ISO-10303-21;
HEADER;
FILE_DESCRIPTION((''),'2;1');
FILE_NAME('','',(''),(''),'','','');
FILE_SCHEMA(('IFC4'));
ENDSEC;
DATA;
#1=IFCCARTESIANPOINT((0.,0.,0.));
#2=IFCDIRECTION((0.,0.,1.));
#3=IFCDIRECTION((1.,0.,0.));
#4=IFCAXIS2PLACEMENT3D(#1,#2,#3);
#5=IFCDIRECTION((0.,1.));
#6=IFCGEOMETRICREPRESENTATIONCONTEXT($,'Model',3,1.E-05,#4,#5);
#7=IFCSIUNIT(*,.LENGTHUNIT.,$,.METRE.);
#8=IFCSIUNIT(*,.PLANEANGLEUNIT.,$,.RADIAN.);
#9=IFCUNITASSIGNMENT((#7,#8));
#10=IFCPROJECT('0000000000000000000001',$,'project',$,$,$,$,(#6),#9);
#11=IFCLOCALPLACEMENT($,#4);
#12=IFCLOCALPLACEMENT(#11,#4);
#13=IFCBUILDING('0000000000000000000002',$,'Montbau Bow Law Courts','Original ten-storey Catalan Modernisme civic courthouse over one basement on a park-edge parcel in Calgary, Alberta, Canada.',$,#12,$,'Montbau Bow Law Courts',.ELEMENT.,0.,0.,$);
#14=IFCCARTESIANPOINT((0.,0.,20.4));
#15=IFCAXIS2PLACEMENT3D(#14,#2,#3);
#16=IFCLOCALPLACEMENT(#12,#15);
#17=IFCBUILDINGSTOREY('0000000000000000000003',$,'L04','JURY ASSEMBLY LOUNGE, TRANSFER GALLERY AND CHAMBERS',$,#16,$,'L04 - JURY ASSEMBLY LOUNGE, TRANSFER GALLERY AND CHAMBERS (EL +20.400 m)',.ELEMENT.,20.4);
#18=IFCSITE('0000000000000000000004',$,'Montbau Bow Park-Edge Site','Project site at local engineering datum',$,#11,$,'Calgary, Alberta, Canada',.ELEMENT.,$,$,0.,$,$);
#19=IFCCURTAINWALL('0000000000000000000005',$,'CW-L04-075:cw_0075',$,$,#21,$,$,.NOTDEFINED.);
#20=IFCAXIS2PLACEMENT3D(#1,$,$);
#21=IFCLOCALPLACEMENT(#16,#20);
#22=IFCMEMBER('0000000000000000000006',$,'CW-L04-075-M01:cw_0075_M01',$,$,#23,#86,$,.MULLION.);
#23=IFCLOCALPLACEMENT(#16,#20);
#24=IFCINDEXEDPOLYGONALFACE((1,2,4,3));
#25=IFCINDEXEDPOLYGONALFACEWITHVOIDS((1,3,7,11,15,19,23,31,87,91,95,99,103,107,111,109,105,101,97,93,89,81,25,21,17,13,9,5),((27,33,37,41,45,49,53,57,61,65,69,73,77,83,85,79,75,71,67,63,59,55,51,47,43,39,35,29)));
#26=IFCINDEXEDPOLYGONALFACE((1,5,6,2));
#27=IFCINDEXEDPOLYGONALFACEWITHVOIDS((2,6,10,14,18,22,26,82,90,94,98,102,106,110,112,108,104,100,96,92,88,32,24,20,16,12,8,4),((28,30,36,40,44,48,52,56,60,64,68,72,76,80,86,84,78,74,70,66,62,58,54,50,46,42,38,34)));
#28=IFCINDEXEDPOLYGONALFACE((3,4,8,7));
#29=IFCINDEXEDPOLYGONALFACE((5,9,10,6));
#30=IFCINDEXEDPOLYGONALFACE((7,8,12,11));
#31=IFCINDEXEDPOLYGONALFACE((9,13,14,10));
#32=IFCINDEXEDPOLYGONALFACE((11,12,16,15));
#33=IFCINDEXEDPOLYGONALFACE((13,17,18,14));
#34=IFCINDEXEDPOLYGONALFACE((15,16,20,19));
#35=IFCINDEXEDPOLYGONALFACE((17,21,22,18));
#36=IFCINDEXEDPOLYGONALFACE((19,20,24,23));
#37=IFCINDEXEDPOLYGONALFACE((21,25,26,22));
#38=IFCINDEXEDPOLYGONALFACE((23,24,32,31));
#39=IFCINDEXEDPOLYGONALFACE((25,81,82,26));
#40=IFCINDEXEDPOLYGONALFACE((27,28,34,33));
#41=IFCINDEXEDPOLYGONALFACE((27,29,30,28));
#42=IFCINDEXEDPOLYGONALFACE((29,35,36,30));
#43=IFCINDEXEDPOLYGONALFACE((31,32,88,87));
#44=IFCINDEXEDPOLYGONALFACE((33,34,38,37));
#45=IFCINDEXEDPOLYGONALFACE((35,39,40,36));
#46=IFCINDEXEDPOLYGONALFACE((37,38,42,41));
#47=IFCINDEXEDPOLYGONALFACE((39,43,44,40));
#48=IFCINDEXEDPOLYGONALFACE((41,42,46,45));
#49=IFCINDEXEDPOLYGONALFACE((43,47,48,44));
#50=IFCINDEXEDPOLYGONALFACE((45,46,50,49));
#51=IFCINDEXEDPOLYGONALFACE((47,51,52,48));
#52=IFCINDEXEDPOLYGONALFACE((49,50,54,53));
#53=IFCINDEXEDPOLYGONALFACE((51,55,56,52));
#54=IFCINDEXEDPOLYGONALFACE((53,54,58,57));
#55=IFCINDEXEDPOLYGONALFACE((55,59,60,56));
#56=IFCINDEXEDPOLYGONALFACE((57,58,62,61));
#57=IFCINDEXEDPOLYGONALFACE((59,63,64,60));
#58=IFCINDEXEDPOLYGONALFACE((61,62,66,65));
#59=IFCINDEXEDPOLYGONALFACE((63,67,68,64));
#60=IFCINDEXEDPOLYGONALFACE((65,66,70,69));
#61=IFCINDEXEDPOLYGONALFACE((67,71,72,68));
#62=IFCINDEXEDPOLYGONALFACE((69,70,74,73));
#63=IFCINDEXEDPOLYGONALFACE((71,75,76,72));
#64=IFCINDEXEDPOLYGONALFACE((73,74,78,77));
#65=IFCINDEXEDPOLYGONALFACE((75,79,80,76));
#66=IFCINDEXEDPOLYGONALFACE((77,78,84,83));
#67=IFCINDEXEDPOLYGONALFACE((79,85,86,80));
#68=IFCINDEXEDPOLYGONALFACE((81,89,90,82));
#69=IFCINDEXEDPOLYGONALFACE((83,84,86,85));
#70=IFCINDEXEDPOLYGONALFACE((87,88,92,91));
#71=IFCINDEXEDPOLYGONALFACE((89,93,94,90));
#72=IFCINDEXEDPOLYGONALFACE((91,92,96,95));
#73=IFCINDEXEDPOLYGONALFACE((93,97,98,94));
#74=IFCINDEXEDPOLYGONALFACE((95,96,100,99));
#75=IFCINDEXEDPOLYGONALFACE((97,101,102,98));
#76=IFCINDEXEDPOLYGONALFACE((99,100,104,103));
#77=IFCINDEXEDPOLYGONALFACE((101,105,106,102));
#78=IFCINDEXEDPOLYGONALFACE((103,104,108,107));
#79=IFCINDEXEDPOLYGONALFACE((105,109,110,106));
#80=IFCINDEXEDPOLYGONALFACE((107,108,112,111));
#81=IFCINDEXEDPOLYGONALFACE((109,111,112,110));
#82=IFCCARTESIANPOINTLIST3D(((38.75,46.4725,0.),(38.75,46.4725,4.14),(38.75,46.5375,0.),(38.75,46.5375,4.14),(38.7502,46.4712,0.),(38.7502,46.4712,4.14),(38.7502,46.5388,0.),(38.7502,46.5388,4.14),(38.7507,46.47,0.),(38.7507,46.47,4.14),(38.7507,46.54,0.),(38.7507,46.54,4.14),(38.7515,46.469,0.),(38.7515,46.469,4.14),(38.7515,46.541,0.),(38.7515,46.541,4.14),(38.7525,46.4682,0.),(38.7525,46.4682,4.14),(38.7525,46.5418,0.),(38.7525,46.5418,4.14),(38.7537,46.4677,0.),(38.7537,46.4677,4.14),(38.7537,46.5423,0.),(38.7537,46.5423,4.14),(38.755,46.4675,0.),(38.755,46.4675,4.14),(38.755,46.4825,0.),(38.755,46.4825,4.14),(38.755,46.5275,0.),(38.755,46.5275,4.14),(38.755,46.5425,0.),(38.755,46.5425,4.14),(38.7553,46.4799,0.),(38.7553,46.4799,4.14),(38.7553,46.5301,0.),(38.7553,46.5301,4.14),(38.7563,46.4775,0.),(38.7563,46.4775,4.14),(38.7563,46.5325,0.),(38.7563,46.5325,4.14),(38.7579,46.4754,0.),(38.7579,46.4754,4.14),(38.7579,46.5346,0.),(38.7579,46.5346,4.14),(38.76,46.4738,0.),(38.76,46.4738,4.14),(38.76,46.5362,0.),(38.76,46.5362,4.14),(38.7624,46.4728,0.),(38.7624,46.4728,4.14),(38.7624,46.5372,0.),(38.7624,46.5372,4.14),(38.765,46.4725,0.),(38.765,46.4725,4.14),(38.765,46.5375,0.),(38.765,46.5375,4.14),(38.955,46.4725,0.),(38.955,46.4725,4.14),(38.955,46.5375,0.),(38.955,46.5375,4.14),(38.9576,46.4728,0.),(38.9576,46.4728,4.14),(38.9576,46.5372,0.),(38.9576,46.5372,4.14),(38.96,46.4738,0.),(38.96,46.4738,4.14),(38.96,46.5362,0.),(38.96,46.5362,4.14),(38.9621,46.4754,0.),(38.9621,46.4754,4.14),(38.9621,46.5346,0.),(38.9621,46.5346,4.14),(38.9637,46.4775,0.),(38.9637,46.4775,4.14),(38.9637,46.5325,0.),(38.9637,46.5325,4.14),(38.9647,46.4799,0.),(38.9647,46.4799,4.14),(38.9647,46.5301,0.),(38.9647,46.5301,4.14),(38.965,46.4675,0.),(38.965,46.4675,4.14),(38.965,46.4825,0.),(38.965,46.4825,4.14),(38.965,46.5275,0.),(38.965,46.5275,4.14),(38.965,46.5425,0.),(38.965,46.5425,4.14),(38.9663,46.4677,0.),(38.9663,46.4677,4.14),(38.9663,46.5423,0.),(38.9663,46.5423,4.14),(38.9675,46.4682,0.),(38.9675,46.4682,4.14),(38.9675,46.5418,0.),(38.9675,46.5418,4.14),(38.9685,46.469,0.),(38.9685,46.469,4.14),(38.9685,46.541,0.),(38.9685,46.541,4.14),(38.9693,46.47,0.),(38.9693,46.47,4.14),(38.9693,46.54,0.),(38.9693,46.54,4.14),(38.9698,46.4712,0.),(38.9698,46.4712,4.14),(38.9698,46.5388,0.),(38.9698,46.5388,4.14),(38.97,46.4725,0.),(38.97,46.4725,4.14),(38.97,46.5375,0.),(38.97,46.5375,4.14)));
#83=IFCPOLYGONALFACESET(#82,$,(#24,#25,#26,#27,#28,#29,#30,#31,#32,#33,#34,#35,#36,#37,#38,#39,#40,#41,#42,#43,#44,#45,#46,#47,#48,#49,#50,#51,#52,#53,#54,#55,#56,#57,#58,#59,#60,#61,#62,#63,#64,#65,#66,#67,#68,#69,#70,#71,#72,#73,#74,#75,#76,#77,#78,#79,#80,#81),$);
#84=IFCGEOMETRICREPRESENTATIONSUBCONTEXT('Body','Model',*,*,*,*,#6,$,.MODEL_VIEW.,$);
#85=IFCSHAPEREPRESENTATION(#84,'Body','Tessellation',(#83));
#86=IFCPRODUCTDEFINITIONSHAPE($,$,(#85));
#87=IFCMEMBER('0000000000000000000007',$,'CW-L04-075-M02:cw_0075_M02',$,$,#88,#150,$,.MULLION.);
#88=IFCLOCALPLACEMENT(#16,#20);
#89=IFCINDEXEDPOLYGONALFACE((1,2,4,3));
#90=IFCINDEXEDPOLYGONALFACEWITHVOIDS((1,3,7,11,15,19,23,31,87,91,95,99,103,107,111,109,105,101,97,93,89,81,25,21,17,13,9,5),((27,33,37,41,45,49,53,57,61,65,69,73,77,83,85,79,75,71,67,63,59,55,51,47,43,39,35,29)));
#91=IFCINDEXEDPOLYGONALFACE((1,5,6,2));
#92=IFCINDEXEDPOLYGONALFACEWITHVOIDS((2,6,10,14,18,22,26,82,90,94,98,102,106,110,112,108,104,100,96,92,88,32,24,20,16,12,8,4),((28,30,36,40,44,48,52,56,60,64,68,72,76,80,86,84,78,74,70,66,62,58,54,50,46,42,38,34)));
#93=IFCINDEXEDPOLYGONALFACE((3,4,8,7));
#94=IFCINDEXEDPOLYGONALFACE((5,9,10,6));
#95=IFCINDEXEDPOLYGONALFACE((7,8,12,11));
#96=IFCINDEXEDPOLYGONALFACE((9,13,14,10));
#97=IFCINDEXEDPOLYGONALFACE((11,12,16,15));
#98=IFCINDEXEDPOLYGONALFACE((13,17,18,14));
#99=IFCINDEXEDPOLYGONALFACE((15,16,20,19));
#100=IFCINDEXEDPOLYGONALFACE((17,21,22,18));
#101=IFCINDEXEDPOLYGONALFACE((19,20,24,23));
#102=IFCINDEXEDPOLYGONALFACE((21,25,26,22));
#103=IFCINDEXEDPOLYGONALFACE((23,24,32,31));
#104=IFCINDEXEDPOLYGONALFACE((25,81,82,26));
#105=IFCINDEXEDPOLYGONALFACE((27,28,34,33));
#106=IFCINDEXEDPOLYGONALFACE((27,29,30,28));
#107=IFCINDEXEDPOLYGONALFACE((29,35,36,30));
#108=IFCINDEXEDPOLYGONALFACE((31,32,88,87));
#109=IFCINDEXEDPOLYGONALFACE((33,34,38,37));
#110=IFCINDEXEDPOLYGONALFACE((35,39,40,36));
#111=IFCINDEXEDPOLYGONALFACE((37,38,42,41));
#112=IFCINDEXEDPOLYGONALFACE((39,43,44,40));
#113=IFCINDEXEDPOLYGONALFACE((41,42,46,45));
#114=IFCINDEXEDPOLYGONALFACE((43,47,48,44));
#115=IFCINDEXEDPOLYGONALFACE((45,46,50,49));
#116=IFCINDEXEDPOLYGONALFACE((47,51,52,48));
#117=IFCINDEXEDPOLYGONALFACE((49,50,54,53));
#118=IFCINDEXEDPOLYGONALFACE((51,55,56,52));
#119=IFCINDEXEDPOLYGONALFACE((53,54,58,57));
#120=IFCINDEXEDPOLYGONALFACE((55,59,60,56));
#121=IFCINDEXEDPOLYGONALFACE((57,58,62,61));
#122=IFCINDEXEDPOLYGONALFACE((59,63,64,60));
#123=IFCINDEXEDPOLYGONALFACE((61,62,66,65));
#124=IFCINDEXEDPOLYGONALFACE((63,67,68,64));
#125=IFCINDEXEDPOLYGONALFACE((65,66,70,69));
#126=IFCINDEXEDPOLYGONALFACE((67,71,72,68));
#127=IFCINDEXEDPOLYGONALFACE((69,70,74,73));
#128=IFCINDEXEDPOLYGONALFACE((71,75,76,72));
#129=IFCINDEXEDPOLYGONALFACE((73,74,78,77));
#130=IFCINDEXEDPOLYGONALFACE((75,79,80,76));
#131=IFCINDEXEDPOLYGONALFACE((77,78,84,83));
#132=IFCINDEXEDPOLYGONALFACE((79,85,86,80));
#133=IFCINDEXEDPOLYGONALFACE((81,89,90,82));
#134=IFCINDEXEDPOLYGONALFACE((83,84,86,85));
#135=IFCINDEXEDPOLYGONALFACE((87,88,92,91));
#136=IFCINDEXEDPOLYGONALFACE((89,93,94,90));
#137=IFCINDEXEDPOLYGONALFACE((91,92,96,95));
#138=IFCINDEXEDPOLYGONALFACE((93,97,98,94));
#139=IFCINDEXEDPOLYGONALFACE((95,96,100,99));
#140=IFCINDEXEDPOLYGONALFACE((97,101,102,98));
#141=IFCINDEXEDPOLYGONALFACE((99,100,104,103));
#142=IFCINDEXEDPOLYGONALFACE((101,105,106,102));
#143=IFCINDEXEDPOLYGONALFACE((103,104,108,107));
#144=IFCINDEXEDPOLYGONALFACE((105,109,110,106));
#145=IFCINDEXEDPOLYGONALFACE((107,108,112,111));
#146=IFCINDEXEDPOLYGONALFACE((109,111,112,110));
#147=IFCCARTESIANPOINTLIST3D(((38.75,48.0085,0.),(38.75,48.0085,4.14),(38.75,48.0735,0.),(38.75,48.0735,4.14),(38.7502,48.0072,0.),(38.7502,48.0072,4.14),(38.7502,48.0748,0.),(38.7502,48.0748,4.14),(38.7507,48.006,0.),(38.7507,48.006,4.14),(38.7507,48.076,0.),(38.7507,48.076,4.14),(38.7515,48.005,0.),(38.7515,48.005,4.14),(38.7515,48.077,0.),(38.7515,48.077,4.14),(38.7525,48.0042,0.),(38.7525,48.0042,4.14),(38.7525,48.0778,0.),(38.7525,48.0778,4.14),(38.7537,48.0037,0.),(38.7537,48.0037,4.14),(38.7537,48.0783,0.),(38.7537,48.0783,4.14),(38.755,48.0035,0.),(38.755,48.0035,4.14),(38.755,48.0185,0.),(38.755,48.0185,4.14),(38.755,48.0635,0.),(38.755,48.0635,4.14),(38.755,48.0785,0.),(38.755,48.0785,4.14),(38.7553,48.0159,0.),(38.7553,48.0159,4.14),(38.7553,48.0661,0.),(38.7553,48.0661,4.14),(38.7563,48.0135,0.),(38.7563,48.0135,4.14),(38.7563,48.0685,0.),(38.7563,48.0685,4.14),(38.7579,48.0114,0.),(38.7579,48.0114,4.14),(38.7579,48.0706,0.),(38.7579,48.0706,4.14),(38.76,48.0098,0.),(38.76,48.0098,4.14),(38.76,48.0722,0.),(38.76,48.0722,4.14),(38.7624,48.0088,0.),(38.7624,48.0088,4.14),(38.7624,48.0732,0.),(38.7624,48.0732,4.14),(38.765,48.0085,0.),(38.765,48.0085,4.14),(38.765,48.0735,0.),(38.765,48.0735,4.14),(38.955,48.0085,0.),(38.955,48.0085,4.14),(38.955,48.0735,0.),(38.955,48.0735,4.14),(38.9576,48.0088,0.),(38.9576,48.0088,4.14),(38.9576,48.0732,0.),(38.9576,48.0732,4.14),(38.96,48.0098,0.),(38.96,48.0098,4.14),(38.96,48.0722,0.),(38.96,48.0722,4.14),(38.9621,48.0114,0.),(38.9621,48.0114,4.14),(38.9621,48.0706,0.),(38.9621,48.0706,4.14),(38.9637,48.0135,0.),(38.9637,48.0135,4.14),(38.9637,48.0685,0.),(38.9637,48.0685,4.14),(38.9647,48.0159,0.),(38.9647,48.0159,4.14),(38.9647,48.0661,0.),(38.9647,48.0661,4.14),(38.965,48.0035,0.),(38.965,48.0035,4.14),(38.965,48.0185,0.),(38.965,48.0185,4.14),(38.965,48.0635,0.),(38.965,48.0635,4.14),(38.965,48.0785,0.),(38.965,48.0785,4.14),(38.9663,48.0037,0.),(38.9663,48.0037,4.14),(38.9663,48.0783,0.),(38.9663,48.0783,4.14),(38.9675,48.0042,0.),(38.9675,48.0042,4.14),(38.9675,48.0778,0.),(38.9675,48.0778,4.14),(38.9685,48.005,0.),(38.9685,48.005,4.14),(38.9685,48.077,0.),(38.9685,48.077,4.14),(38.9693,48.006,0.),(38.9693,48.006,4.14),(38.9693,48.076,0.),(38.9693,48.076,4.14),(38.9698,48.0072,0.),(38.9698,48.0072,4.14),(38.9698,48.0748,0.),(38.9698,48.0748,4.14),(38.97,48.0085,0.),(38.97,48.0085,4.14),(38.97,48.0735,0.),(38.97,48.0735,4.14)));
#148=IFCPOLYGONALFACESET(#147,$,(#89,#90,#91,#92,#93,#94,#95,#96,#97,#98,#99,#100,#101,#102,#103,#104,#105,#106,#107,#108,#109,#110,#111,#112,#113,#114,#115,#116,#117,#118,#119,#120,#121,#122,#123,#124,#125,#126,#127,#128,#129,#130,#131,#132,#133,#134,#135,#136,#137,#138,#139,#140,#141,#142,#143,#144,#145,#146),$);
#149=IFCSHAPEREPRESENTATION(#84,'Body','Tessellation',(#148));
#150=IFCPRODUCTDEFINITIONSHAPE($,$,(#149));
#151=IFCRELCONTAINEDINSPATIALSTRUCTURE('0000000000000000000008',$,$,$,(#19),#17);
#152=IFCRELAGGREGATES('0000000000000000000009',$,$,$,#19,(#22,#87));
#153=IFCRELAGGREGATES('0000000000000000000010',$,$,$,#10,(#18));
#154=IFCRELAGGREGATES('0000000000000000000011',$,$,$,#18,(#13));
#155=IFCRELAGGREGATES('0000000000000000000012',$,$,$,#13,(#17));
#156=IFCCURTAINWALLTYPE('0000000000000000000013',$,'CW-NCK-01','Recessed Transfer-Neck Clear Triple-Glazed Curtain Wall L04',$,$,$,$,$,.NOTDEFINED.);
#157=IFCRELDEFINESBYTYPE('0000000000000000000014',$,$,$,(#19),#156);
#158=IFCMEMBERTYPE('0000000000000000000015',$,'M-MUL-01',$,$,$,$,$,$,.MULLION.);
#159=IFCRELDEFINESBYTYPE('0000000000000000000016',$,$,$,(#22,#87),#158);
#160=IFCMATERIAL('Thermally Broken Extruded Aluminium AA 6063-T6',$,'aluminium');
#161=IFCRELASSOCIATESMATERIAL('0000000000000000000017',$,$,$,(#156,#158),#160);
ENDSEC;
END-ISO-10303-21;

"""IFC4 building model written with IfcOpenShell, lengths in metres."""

from ifc_helpers import new_model, si_unit, direction, frame, origin_with_axes, origin_2d_with_axis, place, context, subcontext, project, spatial, hollow_rectangle, extrude, material, material_profile, profile_set, type_object, element, aggregate, save


model = new_model("IFC4")

# Units and contexts
model_context = context("Model", 3, precision=1e-05, world=origin_with_axes(), true_north=direction((0.0, 1.0)))
body_context = subcontext(model_context, "Body", "Model", "MODEL_VIEW")
ifc_project = project(units=[si_unit("LENGTHUNIT", "METRE"), si_unit("PLANEANGLEUNIT", "RADIAN")], contexts=[model_context])

# Site, building, storey
site_placement = place(None, origin_with_axes())
site = spatial("IfcSite", under=ifc_project, at=site_placement, Name="Montbau Bow Park-Edge Site", Description="Project site at local engineering datum", LongName="Calgary, Alberta, Canada", CompositionType="ELEMENT", RefElevation=0.0)
building_placement = place(site_placement, origin_with_axes())
building = spatial("IfcBuilding", under=site, at=building_placement, Name="Montbau Bow Law Courts", Description="Original ten-storey Catalan Modernisme civic courthouse over one basement on a park-edge parcel in Calgary, Alberta, Canada.", LongName="Montbau Bow Law Courts", CompositionType="ELEMENT", ElevationOfRefHeight=0.0, ElevationOfTerrain=0.0)
storey_placement = place(building_placement, frame((0.0, 0.0, 20.4), z_axis=(0.0, 0.0, 1.0), x_axis=(1.0, 0.0, 0.0)))
storey = spatial("IfcBuildingStorey", under=building, at=storey_placement, Name="L04", Description="JURY ASSEMBLY LOUNGE, TRANSFER GALLERY AND CHAMBERS", LongName="L04 - JURY ASSEMBLY LOUNGE, TRANSFER GALLERY AND CHAMBERS (EL +20.400 m)", CompositionType="ELEMENT", Elevation=20.4)

# Curtain wall, members
ifc_material_1 = material(Name="Thermally Broken Extruded Aluminium AA 6063-T6", Category="aluminium")
curtain_wall_type = type_object("IfcCurtainWallType", Name="CW-NCK-01", Description="Recessed Transfer-Neck Clear Triple-Glazed Curtain Wall L04", PredefinedType="NOTDEFINED", material=ifc_material_1)
curtain_wall_1_placement = place(None, frame((38.86, 46.468, 20.4), z_axis=(0.0, 0.0, 1.0), x_axis=(1.0, 0.0, 0.0)))
curtain_wall_1 = element("IfcCurtainWall", 1, at=curtain_wall_1_placement, inside=storey, type_object=curtain_wall_type, Name="CW-L04-075:cw_0075", PredefinedType="NOTDEFINED")
ifc_material_profile_1 = material_profile(ifc_material_1, hollow_rectangle(XDim=0.075, YDim=0.22, WallThickness=0.005, InnerFilletRadius=0.01, OuterFilletRadius=0.005, at=origin_2d_with_axis()), Name="CWM-220X75", Category="Main", Priority=0)
ifc_profile_set_1 = profile_set([ifc_material_profile_1], Name="Thermally Broken Extruded Aluminium AA 6063-T6")
member_type_1 = type_object("IfcMemberType", Name="M-MUL-01", PredefinedType="MULLION", material=ifc_profile_set_1)
member_1_placement = place(None, frame((38.86, 46.505, 20.4), z_axis=(0.0, 0.0, 1.0), x_axis=(0.0, 1.0, 0.0)))
member_1 = element("IfcMember", 2, at=member_1_placement, type_object=member_type_1, Name="CW-L04-075-M01:cw_0075_M01", PredefinedType="MULLION", context=body_context, shape_type="SweptSolid", body=[
    extrude(hollow_rectangle(XDim=0.075, YDim=0.22, WallThickness=0.005, InnerFilletRadius=0.01, OuterFilletRadius=0.005, at=origin_2d_with_axis()), origin_with_axes(), (0.0, 0.0, 1.0), 4.14),
])
member_2_placement = place(None, frame((38.86, 48.041, 20.4), z_axis=(0.0, 0.0, 1.0), x_axis=(0.0, 1.0, 0.0)))
member_2 = element("IfcMember", 3, at=member_2_placement, type_object=member_type_1, Name="CW-L04-075-M02:cw_0075_M02", PredefinedType="MULLION", context=body_context, shape_type="SweptSolid", body=[
    extrude(hollow_rectangle(XDim=0.075, YDim=0.22, WallThickness=0.005, InnerFilletRadius=0.01, OuterFilletRadius=0.005, at=origin_2d_with_axis()), origin_with_axes(), (0.0, 0.0, 1.0), 4.14),
])

aggregate(curtain_wall_1, [member_1, member_2])

save(model, "model.ifc")
